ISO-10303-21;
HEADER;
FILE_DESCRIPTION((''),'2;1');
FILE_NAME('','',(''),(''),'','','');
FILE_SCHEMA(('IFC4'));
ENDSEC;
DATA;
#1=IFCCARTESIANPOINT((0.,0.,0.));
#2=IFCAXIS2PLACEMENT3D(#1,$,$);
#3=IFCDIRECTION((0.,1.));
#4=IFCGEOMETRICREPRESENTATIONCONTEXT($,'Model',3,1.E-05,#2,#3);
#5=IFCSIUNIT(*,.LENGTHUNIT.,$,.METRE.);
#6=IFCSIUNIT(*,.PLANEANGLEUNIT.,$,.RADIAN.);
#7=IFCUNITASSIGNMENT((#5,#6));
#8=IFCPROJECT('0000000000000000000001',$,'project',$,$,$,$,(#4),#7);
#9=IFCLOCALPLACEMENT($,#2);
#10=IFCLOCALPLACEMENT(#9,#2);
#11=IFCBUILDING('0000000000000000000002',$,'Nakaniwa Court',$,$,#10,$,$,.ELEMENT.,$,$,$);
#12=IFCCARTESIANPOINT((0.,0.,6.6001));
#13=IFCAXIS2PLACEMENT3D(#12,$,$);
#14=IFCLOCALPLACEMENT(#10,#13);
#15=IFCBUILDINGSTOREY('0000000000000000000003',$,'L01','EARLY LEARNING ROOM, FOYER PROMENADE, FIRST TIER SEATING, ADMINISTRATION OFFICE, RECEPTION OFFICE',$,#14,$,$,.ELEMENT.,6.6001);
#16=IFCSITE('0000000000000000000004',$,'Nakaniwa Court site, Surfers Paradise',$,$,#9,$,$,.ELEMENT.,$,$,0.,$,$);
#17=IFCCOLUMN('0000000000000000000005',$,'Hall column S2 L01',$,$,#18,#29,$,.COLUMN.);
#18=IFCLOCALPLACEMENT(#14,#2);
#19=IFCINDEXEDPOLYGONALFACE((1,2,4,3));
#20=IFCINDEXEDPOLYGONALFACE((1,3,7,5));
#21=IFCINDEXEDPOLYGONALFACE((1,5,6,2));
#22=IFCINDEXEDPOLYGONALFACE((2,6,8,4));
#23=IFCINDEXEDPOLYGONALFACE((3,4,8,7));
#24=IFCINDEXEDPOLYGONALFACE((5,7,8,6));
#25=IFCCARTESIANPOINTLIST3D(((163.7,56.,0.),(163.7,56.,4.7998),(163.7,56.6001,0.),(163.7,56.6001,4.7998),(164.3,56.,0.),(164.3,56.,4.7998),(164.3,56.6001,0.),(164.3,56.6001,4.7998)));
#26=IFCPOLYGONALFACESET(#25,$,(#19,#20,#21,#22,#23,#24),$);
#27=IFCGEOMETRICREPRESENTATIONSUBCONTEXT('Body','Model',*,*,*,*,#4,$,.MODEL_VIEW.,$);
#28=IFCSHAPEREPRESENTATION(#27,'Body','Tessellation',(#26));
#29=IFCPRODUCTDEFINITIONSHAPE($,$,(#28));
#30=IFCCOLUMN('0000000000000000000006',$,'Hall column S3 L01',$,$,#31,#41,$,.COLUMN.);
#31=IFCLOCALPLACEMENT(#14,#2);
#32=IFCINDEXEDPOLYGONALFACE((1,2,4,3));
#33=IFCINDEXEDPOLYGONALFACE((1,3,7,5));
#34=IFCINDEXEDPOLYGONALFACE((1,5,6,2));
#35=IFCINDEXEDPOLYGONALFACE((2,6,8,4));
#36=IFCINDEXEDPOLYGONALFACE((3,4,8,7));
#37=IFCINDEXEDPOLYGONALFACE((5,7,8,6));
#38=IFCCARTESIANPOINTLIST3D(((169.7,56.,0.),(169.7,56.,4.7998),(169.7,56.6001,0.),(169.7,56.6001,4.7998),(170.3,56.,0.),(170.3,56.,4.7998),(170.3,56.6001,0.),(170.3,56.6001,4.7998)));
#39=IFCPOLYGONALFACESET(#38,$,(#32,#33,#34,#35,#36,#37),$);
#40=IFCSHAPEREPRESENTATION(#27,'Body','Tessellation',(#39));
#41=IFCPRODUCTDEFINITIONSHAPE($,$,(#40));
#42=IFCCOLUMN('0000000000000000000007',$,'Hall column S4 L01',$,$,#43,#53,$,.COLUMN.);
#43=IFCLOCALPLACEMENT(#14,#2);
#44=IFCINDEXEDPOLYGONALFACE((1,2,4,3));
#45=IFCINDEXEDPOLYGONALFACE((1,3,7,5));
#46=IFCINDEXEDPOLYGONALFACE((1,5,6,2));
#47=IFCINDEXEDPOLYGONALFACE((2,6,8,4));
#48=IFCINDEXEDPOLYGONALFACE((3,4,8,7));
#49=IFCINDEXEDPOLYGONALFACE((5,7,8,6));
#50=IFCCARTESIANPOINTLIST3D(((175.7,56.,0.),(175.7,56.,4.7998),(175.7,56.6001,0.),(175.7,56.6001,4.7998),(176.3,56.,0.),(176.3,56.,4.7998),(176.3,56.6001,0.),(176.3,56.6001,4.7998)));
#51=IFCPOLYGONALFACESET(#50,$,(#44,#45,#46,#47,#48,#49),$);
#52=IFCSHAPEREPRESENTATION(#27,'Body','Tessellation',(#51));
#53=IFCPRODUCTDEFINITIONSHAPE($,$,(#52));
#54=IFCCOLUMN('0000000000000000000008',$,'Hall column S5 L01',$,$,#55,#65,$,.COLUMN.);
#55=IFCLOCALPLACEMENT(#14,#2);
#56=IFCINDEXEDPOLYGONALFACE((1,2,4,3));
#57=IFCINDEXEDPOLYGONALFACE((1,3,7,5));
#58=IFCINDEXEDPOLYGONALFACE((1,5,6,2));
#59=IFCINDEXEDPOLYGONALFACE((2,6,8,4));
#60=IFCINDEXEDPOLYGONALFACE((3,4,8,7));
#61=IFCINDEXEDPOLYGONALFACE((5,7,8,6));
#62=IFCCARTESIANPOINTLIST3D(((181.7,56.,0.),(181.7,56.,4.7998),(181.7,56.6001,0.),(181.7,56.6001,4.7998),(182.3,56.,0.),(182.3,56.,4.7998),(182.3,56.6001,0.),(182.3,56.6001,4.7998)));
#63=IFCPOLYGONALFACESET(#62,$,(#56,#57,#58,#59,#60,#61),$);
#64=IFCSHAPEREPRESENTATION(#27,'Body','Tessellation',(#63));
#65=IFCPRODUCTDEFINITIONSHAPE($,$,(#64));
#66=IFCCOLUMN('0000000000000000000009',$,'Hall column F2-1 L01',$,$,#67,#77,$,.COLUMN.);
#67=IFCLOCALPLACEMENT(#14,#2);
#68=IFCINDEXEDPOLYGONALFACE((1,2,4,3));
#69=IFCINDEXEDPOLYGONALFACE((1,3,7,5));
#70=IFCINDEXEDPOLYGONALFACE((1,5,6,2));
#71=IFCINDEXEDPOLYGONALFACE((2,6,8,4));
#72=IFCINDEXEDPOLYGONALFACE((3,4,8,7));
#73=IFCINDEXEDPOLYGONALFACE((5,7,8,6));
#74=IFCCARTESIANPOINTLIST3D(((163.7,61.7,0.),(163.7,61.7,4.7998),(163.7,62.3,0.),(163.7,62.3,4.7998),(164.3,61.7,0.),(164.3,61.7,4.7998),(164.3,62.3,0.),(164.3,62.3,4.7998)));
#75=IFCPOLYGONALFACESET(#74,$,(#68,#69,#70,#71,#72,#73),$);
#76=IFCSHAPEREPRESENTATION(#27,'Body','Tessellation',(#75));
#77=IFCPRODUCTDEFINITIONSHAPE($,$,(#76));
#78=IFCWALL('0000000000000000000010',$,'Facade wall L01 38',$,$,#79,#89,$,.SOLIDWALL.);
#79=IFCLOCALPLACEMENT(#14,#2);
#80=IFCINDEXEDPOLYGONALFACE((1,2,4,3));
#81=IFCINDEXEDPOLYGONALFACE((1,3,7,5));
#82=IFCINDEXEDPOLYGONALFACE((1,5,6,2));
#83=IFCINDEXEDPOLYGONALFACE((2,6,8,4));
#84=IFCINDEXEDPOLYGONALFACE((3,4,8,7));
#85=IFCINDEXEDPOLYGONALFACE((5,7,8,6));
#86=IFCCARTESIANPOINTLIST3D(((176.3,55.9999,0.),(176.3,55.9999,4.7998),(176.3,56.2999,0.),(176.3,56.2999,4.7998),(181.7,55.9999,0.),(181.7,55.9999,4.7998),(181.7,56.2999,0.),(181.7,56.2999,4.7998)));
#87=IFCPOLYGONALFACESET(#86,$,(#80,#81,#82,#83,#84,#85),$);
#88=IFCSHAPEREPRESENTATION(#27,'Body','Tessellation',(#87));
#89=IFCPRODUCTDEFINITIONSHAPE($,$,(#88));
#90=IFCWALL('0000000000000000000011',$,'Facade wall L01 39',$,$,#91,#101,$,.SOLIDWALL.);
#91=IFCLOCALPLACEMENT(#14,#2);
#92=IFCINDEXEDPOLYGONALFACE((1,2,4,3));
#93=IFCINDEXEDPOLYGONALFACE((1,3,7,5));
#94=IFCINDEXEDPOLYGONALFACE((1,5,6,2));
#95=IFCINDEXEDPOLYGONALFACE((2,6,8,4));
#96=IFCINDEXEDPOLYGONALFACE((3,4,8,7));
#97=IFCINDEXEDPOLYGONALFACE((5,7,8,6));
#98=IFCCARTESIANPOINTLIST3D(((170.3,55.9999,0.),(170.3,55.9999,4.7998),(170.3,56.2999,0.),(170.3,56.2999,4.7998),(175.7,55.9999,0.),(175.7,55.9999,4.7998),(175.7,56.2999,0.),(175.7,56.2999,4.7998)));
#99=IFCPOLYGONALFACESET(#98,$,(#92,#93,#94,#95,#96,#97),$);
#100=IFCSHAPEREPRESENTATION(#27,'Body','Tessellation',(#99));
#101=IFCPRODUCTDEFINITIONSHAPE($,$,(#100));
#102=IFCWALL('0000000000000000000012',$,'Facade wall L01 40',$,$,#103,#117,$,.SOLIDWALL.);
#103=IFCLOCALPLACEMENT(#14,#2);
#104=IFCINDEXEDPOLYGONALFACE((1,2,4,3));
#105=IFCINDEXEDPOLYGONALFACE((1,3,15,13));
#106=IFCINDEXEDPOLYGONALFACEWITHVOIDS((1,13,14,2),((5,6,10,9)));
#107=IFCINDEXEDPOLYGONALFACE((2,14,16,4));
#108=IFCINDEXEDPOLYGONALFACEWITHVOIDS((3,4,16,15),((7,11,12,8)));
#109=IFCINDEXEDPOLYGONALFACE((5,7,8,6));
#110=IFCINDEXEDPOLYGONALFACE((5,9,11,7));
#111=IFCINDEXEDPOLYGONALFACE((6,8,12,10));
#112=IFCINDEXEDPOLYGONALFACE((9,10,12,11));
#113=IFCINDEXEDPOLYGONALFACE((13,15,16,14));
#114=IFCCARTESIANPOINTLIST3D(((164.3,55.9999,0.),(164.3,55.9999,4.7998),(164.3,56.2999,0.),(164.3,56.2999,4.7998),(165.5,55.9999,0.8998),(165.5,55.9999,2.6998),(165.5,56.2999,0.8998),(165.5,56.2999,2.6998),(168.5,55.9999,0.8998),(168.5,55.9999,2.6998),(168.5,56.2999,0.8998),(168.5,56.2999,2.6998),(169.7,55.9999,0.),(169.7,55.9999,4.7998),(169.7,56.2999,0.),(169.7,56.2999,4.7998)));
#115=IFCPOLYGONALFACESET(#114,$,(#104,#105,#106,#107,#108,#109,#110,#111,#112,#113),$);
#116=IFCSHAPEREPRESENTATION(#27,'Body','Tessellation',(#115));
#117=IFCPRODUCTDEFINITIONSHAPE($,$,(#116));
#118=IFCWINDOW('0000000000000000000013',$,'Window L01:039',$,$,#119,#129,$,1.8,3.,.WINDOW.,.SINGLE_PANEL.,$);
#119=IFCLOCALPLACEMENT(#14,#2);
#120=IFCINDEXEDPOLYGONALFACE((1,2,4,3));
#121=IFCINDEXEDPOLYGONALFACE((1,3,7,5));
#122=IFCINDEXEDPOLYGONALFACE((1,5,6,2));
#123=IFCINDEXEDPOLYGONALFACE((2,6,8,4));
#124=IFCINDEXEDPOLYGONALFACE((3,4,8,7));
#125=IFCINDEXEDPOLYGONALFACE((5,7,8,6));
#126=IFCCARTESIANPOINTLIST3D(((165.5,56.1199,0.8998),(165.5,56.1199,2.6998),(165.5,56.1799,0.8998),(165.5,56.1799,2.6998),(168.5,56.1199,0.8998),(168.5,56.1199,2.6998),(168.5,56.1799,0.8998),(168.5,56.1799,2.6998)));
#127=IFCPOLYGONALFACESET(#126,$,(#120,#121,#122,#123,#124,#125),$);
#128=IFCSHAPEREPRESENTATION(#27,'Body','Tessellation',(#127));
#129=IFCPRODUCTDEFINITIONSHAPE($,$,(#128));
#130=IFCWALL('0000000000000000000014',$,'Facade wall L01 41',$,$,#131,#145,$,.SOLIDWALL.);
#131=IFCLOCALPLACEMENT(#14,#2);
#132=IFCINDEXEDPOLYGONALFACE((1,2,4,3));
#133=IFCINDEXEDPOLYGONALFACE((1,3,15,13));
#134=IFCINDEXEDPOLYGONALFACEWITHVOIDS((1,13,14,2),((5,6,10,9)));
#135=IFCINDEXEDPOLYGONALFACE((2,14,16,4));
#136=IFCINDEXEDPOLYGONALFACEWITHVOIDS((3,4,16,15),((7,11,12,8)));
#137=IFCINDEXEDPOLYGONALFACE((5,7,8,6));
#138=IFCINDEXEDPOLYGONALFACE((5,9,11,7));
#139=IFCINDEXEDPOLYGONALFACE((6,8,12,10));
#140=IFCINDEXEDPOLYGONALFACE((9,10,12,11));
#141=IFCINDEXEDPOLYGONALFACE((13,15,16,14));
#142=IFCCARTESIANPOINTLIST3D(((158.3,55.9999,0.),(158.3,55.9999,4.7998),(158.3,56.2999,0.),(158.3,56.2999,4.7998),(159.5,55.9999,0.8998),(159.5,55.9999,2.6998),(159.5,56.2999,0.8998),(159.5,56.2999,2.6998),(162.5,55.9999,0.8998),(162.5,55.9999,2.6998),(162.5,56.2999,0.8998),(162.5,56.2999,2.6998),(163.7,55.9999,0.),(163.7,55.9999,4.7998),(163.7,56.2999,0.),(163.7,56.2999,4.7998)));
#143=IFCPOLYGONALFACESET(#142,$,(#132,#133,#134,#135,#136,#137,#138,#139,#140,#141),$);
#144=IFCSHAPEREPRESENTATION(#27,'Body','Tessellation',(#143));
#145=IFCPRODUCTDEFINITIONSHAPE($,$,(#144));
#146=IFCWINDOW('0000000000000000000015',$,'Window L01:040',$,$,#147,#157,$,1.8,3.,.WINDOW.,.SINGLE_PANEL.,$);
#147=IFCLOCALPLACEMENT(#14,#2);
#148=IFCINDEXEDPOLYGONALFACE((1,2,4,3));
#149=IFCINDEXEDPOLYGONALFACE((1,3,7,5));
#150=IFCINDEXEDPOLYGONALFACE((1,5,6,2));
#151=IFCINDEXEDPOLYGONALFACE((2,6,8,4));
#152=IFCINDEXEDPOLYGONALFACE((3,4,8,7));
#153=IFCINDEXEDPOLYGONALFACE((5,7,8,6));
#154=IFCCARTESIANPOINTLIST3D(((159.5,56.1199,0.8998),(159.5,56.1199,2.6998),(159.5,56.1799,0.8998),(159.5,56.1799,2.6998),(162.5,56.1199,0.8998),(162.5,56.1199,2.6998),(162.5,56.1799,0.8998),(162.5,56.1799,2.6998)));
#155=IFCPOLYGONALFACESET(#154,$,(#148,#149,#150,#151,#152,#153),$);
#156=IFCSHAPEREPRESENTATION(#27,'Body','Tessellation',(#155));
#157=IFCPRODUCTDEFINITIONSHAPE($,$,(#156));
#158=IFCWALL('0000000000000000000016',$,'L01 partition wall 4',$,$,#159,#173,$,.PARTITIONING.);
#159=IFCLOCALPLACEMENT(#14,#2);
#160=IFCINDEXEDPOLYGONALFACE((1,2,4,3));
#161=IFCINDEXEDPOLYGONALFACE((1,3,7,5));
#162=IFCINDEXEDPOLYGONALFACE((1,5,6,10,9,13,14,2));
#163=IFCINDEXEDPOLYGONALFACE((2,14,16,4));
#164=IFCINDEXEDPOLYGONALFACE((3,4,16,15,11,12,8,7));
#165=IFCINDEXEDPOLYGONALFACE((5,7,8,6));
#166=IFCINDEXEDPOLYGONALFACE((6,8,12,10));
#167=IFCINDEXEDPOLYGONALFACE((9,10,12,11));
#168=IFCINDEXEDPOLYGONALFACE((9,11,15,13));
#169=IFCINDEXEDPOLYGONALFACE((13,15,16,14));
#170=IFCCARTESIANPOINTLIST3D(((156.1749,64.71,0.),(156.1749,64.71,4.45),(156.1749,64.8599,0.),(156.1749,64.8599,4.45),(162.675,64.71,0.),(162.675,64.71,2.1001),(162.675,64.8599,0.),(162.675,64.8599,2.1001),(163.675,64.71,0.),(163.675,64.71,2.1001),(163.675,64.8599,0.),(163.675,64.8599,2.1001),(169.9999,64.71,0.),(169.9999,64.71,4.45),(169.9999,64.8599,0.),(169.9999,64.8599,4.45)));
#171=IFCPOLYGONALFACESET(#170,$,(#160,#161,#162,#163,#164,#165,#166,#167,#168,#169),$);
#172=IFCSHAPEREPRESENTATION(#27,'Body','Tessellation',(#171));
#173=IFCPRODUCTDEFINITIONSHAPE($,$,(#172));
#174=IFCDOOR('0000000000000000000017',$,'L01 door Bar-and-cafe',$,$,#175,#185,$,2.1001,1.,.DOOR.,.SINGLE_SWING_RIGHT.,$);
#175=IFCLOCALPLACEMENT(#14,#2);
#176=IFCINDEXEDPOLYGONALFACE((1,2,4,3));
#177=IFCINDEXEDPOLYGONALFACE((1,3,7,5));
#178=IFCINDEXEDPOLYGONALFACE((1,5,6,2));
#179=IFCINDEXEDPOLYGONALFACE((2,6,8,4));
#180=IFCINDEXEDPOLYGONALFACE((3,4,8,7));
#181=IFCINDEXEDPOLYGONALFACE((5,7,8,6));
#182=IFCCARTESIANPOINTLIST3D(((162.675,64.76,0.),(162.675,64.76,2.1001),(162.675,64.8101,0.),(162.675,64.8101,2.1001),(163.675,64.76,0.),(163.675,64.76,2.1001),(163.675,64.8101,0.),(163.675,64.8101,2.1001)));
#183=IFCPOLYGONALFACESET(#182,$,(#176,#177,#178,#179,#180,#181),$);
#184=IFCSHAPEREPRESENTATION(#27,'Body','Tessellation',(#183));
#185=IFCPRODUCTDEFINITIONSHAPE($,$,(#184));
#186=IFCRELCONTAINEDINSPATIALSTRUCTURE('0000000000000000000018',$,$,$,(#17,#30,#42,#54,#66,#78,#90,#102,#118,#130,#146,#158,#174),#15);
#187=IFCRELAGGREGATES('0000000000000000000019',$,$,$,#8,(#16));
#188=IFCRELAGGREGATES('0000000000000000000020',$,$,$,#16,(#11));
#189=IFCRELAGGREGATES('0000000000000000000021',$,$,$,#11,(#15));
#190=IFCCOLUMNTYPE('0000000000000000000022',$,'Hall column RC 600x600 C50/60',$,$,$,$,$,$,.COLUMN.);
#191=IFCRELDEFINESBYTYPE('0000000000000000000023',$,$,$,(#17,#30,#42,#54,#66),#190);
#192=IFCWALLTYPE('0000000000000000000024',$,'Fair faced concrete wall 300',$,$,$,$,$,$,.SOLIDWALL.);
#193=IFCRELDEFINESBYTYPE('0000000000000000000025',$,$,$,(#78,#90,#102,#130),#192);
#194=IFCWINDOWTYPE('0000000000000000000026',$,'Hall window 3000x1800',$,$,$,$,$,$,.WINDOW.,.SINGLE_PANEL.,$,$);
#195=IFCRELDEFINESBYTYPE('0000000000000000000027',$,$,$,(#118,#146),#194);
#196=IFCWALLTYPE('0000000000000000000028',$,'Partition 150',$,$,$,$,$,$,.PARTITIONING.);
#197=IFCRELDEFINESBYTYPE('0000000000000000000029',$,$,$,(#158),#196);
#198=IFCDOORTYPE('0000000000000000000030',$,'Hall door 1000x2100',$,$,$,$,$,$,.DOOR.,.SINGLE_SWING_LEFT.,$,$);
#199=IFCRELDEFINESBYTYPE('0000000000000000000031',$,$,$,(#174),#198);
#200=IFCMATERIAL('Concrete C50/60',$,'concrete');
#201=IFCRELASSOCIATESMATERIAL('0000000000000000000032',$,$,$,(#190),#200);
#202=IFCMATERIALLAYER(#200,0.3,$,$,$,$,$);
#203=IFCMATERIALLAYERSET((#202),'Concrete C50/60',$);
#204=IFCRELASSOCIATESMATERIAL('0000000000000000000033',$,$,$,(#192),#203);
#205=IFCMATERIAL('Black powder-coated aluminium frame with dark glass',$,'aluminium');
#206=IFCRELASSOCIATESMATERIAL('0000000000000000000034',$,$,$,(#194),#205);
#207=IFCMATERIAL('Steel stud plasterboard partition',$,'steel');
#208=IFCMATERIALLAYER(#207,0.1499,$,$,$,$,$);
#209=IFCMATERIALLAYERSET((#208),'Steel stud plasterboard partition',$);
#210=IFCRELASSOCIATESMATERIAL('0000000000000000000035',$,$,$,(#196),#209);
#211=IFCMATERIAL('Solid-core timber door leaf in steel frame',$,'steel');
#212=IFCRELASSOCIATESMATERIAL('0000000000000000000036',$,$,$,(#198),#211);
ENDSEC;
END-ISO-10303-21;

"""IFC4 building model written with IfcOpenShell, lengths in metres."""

from ifc_helpers import new_model, si_unit, direction, frame, frame_2d, origin, origin_2d, place, context, subcontext, project, spatial, rectangle, extrude, material, layer, layer_set, material_profile, profile_set, type_object, element, fill, save


model = new_model("IFC4")

# Units and contexts
model_context = context("Model", 3, precision=1e-05, world=origin(), true_north=direction((0.0, 1.0)))
body_context = subcontext(model_context, "Body", "Model", "MODEL_VIEW")
ifc_project = project(units=[si_unit("LENGTHUNIT", "METRE"), si_unit("PLANEANGLEUNIT", "RADIAN")], contexts=[model_context])

# Site, building, storey
site_placement = place(None, origin())
site = spatial("IfcSite", under=ifc_project, at=site_placement, Name="Nakaniwa Court site, Surfers Paradise", CompositionType="ELEMENT", RefElevation=0.0)
building_placement = place(site_placement, origin())
building = spatial("IfcBuilding", under=site, at=building_placement, Name="Nakaniwa Court", CompositionType="ELEMENT")
storey_placement = place(building_placement, frame((0.0, 0.0, 6.6001)))
storey = spatial("IfcBuildingStorey", under=building, at=storey_placement, Name="L01", Description="EARLY LEARNING ROOM, FOYER PROMENADE, FIRST TIER SEATING, ADMINISTRATION OFFICE, RECEPTION OFFICE", CompositionType="ELEMENT", Elevation=6.6001)

# Columns
ifc_material_1 = material(Name="Concrete C50/60", Category="concrete")
ifc_material_profile_1 = material_profile(ifc_material_1, rectangle(XDim=0.6001, YDim=0.6001, at=origin_2d()), Name="RC 600x600")
ifc_profile_set_1 = profile_set([ifc_material_profile_1], Name="Concrete C50/60")
column_type = type_object("IfcColumnType", Name="Hall column RC 600x600 C50/60", PredefinedType="COLUMN", material=ifc_profile_set_1)
for number, where, z_axis, x_axis, name in (
    (1, (164.0, 56.3, 0.0), (0.0, 0.0, 1.0), (1.0, 0.0, 0.0), "Hall column S2 L01"),
    (2, (170.0, 56.3, 0.0), (0.0, 0.0, 1.0), (1.0, 0.0, 0.0), "Hall column S3 L01"),
    (3, (176.0, 56.3, 0.0), (0.0, 0.0, 1.0), (1.0, 0.0, 0.0), "Hall column S4 L01"),
    (4, (182.0, 56.3, 0.0), (0.0, 0.0, 1.0), (1.0, 0.0, 0.0), "Hall column S5 L01"),
    (5, (164.0, 62.0, 0.0), (0.0, 0.0, 1.0), (1.0, 0.0, 0.0), "Hall column F2-1 L01"),
):
    element("IfcColumn", number, at=place(storey_placement, frame(where, z_axis=z_axis, x_axis=x_axis)), inside=storey, type_object=column_type, Name=name, PredefinedType="COLUMN", context=body_context, shape_type="SweptSolid", body=[
        extrude(rectangle(XDim=0.6001, YDim=0.6001, at=origin_2d()), origin(), (0.0, 0.0, 1.0), 4.7998),
    ])

# Walls
ifc_layer_1 = layer(ifc_material_1, 0.3)
ifc_layer_set_1 = layer_set([ifc_layer_1], Name="Concrete C50/60")
wall_type_1 = type_object("IfcWallType", Name="Fair faced concrete wall 300", PredefinedType="SOLIDWALL", material=ifc_layer_set_1)
for number, where, z_axis, x_axis, name in (
    (6, (181.7, 56.1499, 0.0), (0.0, 0.0, 1.0), (-1.0, 0.0, 0.0), "Facade wall L01 38"),
    (7, (175.7, 56.1499, 0.0), (0.0, 0.0, 1.0), (-1.0, 0.0, 0.0), "Facade wall L01 39"),
):
    element("IfcWall", number, at=place(storey_placement, frame(where, z_axis=z_axis, x_axis=x_axis)), inside=storey, type_object=wall_type_1, Name=name, PredefinedType="SOLIDWALL", context=body_context, shape_type="SweptSolid", body=[
        extrude(rectangle(XDim=5.3999, YDim=0.3, at=frame_2d((2.7, 0.0))), origin(), (0.0, 0.0, 1.0), 4.7998),
    ])

# Walls, openings, windows
wall_1_placement = place(storey_placement, frame((169.7, 56.1499, 0.0), z_axis=(0.0, 0.0, 1.0), x_axis=(-1.0, 0.0, 0.0)))
wall_1 = element("IfcWall", 8, at=wall_1_placement, inside=storey, type_object=wall_type_1, Name="Facade wall L01 40", PredefinedType="SOLIDWALL", context=body_context, shape_type="SweptSolid", body=[
    extrude(rectangle(XDim=5.3999, YDim=0.3, at=frame_2d((2.7, 0.0))), origin(), (0.0, 0.0, 1.0), 4.7998),
])
opening_1_placement = place(wall_1_placement, frame((1.2, 0.0, 0.8999)))
opening_1 = element("IfcOpeningElement", 9, at=opening_1_placement, cuts=wall_1, PredefinedType="OPENING", context=body_context, shape_type="SweptSolid", body=[
    extrude(rectangle(XDim=3.0, YDim=1.8, at=frame_2d((1.5, 0.8999))), frame((0.0, 0.1599, 0.0), z_axis=(0.0, -1.0, 0.0), x_axis=(1.0, 0.0, 0.0)), (0.0, 0.0, 1.0), 0.3201),
])
ifc_material_2 = material(Name="Black powder-coated aluminium frame with dark glass", Category="aluminium")
window_type = type_object("IfcWindowType", Name="Hall window 3000x1800", PartitioningType="SINGLE_PANEL", PredefinedType="WINDOW", material=ifc_material_2)
window_1_placement = place(opening_1_placement, origin())
window_1 = element("IfcWindow", 10, at=window_1_placement, inside=storey, type_object=window_type, Name="Window L01:039", OverallHeight=1.8, OverallWidth=3.0, PartitioningType="SINGLE_PANEL", PredefinedType="WINDOW", context=body_context, shape_type="SweptSolid", body=[
    extrude(rectangle(XDim=3.0, YDim=1.8, at=frame_2d((1.5, 0.8999))), frame((0.0, 0.03, 0.0), z_axis=(0.0, -1.0, 0.0), x_axis=(1.0, 0.0, 0.0)), (0.0, 0.0, 1.0), 0.0601),
])
fill(opening_1, window_1)
wall_2_placement = place(storey_placement, frame((163.7, 56.1499, 0.0), z_axis=(0.0, 0.0, 1.0), x_axis=(-1.0, 0.0, 0.0)))
wall_2 = element("IfcWall", 11, at=wall_2_placement, inside=storey, type_object=wall_type_1, Name="Facade wall L01 41", PredefinedType="SOLIDWALL", context=body_context, shape_type="SweptSolid", body=[
    extrude(rectangle(XDim=5.3999, YDim=0.3, at=frame_2d((2.7, 0.0))), origin(), (0.0, 0.0, 1.0), 4.7998),
])
opening_2_placement = place(wall_2_placement, frame((1.2, 0.0, 0.8999)))
opening_2 = element("IfcOpeningElement", 12, at=opening_2_placement, cuts=wall_2, PredefinedType="OPENING", context=body_context, shape_type="SweptSolid", body=[
    extrude(rectangle(XDim=3.0, YDim=1.8, at=frame_2d((1.5, 0.8999))), frame((0.0, 0.1599, 0.0), z_axis=(0.0, -1.0, 0.0), x_axis=(1.0, 0.0, 0.0)), (0.0, 0.0, 1.0), 0.3201),
])
window_2_placement = place(opening_2_placement, origin())
window_2 = element("IfcWindow", 13, at=window_2_placement, inside=storey, type_object=window_type, Name="Window L01:040", OverallHeight=1.8, OverallWidth=3.0, PartitioningType="SINGLE_PANEL", PredefinedType="WINDOW", context=body_context, shape_type="SweptSolid", body=[
    extrude(rectangle(XDim=3.0, YDim=1.8, at=frame_2d((1.5, 0.8999))), frame((0.0, 0.03, 0.0), z_axis=(0.0, -1.0, 0.0), x_axis=(1.0, 0.0, 0.0)), (0.0, 0.0, 1.0), 0.0601),
])
fill(opening_2, window_2)

# Wall, opening, door
ifc_material_3 = material(Name="Steel stud plasterboard partition", Category="steel")
ifc_layer_2 = layer(ifc_material_3, 0.1499)
ifc_layer_set_2 = layer_set([ifc_layer_2], Name="Steel stud plasterboard partition")
wall_type_2 = type_object("IfcWallType", Name="Partition 150", PredefinedType="PARTITIONING", material=ifc_layer_set_2)
wall_3_placement = place(storey_placement, frame((170.0, 64.7849, 0.0), z_axis=(0.0, 0.0, 1.0), x_axis=(-1.0, 0.0, 0.0)))
wall_3 = element("IfcWall", 14, at=wall_3_placement, inside=storey, type_object=wall_type_2, Name="L01 partition wall 4", PredefinedType="PARTITIONING", context=body_context, shape_type="SweptSolid", body=[
    extrude(rectangle(XDim=13.825, YDim=0.1499, at=frame_2d((6.9126, 0.0))), origin(), (0.0, 0.0, 1.0), 4.45),
])
opening_3_placement = place(wall_3_placement, frame((6.325, 0.0, 0.0)))
opening_3 = element("IfcOpeningElement", 15, at=opening_3_placement, cuts=wall_3, PredefinedType="OPENING", context=body_context, shape_type="SweptSolid", body=[
    extrude(rectangle(XDim=1.0, YDim=2.1001, at=frame_2d((0.5, 1.05))), frame((0.0, 0.085, 0.0), z_axis=(0.0, -1.0, 0.0), x_axis=(1.0, 0.0, 0.0)), (0.0, 0.0, 1.0), 0.1699),
])
ifc_material_4 = material(Name="Solid-core timber door leaf in steel frame", Category="steel")
door_type = type_object("IfcDoorType", Name="Hall door 1000x2100", OperationType="SINGLE_SWING_LEFT", PredefinedType="DOOR", material=ifc_material_4)
door_placement = place(opening_3_placement, origin())
door = element("IfcDoor", 16, at=door_placement, inside=storey, type_object=door_type, Name="L01 door Bar-and-cafe", OperationType="SINGLE_SWING_RIGHT", OverallHeight=2.1001, OverallWidth=1.0, PredefinedType="DOOR", context=body_context, shape_type="SweptSolid", body=[
    extrude(rectangle(XDim=1.0, YDim=2.1001, at=frame_2d((0.5, 1.05))), frame((0.0, 0.0249, 0.0), z_axis=(0.0, -1.0, 0.0), x_axis=(1.0, 0.0, 0.0)), (0.0, 0.0, 1.0), 0.05),
])
fill(opening_3, door)

save(model, "model.ifc")
